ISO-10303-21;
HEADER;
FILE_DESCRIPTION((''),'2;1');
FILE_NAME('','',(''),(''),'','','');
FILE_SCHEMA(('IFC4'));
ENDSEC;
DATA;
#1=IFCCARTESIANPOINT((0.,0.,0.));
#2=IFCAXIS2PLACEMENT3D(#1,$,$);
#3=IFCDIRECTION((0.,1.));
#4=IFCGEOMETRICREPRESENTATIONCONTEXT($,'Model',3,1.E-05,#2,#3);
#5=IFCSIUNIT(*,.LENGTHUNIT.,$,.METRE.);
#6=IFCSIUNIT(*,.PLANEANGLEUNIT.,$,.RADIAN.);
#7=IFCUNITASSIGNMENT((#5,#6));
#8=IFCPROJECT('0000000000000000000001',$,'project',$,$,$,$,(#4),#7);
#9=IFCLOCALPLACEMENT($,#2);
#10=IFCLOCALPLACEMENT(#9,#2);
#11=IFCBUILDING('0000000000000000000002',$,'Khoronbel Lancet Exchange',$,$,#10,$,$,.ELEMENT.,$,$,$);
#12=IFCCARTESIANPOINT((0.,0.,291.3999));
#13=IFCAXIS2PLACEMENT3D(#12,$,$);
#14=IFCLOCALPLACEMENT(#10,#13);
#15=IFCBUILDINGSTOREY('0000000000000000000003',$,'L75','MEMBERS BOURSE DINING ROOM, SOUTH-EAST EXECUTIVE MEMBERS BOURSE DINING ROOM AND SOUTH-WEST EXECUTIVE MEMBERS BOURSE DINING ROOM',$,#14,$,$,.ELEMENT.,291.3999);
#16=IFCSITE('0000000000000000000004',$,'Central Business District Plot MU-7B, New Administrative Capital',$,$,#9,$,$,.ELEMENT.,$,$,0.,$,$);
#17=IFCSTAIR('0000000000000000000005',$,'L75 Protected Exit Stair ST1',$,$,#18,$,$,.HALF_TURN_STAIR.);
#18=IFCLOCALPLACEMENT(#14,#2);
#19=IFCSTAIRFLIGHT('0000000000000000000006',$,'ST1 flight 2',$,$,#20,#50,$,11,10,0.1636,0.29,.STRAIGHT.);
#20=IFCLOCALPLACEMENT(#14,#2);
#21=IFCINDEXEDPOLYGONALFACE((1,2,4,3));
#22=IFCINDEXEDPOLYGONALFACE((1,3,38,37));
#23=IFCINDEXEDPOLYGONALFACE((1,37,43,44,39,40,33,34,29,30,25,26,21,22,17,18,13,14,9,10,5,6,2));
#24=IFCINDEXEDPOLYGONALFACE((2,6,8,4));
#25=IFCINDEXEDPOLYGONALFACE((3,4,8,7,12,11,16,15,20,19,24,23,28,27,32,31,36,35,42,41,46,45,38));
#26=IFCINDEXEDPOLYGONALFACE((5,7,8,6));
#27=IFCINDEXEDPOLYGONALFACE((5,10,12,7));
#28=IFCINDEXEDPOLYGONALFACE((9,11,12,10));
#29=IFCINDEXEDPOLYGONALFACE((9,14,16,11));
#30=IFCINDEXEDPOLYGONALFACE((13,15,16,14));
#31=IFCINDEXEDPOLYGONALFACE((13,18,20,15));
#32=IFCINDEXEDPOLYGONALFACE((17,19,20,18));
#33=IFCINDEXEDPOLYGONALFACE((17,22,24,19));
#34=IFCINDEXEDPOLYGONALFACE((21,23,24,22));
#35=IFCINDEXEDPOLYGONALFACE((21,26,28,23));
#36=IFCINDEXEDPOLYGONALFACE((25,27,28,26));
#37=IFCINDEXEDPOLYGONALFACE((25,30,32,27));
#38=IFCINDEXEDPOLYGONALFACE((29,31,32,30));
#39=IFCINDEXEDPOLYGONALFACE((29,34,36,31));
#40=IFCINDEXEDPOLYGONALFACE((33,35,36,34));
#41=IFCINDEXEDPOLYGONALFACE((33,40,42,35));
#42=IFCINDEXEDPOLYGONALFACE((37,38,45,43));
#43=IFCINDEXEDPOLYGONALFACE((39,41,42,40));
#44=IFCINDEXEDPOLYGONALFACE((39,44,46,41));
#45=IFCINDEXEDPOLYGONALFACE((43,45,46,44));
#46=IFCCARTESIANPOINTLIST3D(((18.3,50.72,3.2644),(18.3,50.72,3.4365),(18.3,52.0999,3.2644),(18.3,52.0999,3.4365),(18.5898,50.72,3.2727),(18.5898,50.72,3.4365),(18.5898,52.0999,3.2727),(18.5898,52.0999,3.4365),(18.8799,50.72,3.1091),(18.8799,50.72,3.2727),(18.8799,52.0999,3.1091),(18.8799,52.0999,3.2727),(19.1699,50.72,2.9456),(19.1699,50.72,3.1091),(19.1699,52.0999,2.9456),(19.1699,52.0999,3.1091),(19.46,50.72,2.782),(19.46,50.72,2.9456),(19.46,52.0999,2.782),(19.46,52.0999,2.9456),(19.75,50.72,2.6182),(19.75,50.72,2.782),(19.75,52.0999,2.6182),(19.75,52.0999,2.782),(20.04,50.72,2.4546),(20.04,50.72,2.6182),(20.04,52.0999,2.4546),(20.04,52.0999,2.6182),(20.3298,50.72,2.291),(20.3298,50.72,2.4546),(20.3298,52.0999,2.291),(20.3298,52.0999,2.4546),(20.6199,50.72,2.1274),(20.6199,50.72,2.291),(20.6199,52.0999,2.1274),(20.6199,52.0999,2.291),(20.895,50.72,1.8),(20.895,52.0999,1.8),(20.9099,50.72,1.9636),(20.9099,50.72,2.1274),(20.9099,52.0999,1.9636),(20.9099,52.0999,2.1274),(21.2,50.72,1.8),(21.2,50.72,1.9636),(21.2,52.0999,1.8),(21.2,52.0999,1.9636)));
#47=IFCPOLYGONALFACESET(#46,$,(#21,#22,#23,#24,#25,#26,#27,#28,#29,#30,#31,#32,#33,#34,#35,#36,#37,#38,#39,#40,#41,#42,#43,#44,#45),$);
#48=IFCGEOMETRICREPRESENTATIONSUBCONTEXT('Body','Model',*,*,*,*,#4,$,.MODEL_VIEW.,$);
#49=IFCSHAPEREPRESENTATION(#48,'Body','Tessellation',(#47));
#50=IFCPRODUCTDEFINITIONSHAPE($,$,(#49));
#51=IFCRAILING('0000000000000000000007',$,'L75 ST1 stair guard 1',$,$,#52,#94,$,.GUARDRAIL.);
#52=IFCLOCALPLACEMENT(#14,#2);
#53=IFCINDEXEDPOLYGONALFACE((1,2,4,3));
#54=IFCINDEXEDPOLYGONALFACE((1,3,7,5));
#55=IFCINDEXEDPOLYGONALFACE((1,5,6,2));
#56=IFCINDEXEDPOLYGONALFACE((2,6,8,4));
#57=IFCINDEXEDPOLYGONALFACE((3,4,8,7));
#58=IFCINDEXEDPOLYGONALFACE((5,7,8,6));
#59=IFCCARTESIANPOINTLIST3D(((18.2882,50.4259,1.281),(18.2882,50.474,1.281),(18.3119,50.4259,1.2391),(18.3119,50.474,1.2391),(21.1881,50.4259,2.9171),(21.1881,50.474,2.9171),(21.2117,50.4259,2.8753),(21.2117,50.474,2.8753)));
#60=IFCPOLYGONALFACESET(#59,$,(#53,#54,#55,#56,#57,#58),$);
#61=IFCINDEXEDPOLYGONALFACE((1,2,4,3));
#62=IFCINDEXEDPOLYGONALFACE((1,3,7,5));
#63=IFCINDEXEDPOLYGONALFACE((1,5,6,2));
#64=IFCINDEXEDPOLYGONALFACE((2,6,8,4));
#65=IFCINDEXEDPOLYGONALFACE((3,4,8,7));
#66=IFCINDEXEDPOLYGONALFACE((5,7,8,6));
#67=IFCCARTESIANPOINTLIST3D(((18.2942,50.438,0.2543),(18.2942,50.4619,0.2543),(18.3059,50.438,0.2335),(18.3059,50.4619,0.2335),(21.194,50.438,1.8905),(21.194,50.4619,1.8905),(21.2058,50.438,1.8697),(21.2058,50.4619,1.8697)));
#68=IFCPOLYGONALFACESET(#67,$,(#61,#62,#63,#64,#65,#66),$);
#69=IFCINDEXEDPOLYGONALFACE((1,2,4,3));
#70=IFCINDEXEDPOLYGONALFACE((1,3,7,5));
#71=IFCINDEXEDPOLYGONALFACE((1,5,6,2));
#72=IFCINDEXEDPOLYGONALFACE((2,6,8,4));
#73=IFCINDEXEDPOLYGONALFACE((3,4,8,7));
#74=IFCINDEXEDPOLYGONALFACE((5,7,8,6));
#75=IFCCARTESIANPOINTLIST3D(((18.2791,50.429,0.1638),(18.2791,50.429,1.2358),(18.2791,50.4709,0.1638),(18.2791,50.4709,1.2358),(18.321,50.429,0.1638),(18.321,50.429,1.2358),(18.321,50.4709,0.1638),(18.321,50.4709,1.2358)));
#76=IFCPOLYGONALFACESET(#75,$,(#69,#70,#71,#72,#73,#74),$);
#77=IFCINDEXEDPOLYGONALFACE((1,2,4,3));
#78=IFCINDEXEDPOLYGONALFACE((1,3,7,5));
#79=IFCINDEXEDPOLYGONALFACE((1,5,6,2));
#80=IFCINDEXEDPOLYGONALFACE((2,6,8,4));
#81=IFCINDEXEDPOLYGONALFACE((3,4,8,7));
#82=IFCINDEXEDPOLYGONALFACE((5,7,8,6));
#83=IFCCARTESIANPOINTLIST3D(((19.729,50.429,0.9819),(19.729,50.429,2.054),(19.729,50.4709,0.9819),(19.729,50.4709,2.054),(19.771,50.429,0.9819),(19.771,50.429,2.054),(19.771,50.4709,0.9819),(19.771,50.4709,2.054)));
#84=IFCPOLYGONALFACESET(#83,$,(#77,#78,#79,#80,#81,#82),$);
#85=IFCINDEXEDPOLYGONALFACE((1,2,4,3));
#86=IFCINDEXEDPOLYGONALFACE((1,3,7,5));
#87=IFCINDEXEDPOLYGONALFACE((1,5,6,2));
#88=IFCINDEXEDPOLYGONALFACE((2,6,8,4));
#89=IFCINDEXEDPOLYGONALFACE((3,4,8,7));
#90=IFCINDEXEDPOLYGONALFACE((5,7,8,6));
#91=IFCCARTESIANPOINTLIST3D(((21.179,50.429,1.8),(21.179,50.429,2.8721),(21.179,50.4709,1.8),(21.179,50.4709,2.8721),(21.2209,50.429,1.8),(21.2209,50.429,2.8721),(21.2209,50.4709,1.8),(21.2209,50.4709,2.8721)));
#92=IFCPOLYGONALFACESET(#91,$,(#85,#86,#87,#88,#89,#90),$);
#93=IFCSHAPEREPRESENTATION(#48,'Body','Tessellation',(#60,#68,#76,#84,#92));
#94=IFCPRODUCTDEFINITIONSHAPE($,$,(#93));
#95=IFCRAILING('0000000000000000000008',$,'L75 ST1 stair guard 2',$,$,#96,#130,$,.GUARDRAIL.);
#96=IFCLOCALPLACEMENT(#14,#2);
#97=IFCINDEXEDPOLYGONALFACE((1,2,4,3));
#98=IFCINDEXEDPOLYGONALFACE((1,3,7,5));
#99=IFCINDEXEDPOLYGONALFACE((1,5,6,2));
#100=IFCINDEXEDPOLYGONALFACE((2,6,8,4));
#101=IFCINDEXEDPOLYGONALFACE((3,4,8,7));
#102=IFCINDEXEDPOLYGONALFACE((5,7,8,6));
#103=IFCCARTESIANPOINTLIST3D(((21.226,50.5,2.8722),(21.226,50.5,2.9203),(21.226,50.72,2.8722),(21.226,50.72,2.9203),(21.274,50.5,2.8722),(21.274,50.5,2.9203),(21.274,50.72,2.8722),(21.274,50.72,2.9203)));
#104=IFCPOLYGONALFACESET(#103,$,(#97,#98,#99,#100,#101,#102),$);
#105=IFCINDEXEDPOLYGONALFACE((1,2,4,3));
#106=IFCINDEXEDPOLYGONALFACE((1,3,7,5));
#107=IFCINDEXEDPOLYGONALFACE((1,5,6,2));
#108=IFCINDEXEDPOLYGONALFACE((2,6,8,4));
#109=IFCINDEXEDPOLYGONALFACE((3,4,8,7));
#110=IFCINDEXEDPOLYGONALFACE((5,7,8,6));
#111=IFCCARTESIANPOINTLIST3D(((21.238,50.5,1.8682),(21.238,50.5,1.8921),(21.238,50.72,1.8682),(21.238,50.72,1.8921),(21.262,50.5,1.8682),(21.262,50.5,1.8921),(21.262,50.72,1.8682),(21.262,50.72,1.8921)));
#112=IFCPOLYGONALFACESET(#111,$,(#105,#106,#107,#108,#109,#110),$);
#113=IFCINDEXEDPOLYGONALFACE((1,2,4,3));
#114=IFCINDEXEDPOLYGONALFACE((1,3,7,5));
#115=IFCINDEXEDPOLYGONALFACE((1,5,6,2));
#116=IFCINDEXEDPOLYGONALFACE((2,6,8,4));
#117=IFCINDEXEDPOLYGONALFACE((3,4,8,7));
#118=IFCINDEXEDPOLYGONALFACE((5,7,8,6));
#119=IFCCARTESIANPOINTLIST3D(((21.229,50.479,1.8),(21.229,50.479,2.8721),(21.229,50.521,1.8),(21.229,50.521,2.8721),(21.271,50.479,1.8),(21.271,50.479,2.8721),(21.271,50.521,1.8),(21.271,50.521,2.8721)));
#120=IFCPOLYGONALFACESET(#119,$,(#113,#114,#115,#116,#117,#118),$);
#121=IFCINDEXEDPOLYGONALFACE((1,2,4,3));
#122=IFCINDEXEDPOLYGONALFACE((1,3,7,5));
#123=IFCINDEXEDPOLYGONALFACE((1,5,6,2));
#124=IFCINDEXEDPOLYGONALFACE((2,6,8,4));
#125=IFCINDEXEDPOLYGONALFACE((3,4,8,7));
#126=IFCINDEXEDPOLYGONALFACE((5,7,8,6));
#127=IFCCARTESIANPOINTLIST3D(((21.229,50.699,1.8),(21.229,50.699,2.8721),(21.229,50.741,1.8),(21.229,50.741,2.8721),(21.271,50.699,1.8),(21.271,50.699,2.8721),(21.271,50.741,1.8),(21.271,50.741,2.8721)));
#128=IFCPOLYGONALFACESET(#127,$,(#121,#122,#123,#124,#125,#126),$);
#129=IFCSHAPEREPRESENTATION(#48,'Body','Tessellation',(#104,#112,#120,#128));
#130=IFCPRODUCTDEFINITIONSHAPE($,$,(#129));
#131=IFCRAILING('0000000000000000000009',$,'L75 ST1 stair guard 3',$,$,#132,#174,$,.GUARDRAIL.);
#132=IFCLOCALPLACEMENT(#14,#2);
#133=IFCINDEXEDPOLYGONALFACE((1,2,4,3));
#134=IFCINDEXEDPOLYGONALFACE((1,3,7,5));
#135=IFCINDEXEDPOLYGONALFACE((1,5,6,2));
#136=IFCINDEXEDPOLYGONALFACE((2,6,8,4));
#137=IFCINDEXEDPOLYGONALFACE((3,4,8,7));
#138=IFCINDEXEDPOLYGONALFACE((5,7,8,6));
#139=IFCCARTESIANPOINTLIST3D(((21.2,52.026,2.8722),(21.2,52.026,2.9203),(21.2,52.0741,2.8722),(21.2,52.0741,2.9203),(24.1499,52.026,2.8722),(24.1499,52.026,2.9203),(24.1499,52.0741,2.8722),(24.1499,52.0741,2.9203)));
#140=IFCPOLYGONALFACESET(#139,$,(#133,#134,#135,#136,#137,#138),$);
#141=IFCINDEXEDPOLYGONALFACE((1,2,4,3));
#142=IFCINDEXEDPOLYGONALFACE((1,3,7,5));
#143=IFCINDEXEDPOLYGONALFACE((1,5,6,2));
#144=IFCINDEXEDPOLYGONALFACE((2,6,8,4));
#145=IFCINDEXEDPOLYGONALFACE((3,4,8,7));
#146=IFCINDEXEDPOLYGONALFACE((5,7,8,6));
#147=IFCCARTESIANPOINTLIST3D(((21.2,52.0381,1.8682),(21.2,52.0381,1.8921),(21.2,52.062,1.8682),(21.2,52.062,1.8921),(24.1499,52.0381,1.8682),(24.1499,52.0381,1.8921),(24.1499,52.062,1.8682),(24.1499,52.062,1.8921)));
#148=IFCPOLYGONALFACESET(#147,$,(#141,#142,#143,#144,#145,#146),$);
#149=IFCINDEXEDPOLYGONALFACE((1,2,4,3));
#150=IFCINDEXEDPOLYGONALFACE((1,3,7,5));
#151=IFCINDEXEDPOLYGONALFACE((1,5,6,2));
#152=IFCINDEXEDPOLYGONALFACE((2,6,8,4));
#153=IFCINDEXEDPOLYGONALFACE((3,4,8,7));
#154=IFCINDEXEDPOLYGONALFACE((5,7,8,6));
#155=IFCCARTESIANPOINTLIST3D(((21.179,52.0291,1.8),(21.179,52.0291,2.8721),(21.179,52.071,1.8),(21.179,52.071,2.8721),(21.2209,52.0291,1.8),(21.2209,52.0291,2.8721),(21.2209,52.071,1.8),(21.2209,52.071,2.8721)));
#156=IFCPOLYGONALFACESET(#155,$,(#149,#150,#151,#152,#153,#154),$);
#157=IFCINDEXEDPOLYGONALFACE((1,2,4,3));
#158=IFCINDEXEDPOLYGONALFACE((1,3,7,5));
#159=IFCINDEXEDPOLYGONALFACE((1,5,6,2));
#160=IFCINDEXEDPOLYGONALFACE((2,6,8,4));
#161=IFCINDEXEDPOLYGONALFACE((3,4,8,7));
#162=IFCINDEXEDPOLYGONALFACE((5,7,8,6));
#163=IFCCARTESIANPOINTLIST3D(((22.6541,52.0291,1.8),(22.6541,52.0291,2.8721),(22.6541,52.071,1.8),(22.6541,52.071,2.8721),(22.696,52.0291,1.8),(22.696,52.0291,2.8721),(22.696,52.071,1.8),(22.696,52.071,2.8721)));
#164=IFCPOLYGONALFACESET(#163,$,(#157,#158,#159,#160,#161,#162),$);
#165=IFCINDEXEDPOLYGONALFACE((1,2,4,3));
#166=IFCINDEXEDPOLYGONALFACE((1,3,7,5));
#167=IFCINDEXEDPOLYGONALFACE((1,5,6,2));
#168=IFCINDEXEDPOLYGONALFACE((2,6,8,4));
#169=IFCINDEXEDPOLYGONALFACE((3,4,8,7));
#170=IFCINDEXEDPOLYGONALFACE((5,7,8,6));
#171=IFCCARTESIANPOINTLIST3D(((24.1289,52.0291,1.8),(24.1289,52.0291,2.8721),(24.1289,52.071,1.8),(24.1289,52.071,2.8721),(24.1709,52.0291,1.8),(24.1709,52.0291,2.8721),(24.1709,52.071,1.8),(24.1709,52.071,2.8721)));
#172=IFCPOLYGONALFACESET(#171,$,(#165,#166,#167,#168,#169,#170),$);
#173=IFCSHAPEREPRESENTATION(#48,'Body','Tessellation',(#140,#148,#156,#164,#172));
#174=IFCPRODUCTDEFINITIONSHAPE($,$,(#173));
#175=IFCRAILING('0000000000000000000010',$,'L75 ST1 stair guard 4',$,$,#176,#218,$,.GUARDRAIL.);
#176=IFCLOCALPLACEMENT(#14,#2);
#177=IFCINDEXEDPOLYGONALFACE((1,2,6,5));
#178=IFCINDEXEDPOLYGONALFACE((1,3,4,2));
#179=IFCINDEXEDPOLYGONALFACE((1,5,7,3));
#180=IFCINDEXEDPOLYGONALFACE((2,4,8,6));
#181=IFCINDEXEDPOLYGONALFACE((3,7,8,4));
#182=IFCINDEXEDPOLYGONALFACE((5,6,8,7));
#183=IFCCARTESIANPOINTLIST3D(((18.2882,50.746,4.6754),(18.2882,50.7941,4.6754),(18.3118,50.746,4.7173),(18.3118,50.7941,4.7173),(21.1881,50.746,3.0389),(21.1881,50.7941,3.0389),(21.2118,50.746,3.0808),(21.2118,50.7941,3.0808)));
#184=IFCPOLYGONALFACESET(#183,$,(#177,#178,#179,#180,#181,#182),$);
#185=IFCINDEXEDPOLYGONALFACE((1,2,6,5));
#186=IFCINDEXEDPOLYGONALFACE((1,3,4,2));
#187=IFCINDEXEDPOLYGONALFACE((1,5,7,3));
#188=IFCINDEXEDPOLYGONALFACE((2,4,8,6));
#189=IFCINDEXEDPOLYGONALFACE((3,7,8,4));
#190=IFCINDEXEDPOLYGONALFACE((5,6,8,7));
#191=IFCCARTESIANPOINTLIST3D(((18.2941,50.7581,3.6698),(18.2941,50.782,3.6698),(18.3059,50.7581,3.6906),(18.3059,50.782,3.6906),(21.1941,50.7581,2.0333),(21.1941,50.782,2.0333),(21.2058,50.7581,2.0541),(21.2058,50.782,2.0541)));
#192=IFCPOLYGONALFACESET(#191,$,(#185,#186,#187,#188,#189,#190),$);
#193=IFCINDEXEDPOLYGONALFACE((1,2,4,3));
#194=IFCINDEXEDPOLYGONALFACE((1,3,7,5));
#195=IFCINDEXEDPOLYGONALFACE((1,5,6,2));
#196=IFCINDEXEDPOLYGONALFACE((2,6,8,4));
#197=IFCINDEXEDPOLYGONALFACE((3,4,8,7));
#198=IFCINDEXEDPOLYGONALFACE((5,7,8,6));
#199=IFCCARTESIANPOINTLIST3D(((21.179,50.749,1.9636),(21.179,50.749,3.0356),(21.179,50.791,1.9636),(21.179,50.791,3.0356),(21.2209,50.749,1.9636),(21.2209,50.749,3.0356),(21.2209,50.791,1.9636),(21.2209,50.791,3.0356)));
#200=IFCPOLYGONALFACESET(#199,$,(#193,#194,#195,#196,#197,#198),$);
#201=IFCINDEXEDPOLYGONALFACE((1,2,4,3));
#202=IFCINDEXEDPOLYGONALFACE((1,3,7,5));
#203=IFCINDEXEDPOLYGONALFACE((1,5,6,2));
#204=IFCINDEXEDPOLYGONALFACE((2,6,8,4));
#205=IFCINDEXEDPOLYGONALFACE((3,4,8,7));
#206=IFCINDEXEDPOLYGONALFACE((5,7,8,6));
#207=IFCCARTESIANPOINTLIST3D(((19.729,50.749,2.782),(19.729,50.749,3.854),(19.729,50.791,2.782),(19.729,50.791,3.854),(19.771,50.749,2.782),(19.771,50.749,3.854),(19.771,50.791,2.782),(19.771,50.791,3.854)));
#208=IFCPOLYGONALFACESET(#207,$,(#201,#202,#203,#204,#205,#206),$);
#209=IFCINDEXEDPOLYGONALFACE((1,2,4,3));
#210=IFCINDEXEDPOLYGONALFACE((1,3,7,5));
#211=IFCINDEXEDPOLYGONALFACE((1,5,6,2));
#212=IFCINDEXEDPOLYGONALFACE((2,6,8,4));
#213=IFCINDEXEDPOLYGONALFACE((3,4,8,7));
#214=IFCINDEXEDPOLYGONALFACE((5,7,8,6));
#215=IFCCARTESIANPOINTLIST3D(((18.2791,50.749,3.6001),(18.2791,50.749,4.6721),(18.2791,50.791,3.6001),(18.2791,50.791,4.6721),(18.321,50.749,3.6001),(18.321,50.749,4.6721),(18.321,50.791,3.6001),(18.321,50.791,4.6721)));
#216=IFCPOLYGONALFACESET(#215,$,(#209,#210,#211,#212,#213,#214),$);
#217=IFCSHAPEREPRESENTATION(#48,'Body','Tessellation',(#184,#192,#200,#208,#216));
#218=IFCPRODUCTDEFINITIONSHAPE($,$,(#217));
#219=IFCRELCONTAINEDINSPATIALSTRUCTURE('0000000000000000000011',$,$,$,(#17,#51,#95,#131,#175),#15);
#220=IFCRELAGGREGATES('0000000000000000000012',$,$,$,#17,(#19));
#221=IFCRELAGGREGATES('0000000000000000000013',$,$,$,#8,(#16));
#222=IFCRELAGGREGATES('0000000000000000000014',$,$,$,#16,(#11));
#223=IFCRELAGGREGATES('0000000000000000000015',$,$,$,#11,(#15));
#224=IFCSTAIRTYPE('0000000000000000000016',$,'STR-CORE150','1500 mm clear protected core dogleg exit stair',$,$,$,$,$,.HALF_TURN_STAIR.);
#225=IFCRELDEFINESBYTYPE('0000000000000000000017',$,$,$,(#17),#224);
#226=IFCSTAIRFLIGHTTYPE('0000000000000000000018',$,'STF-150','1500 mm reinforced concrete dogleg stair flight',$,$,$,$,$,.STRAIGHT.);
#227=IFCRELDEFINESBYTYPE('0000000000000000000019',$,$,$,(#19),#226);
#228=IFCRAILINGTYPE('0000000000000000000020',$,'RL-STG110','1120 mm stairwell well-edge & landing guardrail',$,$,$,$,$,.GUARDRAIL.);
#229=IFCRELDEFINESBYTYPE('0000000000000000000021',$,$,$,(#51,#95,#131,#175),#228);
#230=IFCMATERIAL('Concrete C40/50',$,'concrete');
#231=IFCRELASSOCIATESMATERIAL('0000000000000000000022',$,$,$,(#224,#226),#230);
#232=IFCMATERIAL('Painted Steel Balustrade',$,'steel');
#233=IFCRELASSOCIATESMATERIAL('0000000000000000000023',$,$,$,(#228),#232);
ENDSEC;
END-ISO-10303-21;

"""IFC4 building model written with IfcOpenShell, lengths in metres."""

from ifc_helpers import new_model, si_unit, direction, frame, origin, origin_2d, place, context, subcontext, project, spatial, polyline, rectangle, outline, extrude, material, type_object, element, aggregate, save


model = new_model("IFC4")

# Units and contexts
model_context = context("Model", 3, precision=1e-05, world=origin(), true_north=direction((0.0, 1.0)))
body_context = subcontext(model_context, "Body", "Model", "MODEL_VIEW")
ifc_project = project(units=[si_unit("LENGTHUNIT", "METRE"), si_unit("PLANEANGLEUNIT", "RADIAN")], contexts=[model_context])

# Site, building, storey
site_placement = place(None, origin())
site = spatial("IfcSite", under=ifc_project, at=site_placement, Name="Central Business District Plot MU-7B, New Administrative Capital", CompositionType="ELEMENT", RefElevation=0.0)
building_placement = place(site_placement, origin())
building = spatial("IfcBuilding", under=site, at=building_placement, Name="Khoronbel Lancet Exchange", CompositionType="ELEMENT")
storey_placement = place(building_placement, frame((0.0, 0.0, 291.3999)))
storey = spatial("IfcBuildingStorey", under=building, at=storey_placement, Name="L75", Description="MEMBERS BOURSE DINING ROOM, SOUTH-EAST EXECUTIVE MEMBERS BOURSE DINING ROOM AND SOUTH-WEST EXECUTIVE MEMBERS BOURSE DINING ROOM", CompositionType="ELEMENT", Elevation=291.3999)

# Stair, stair flight
ifc_material_1 = material(Name="Concrete C40/50", Category="concrete")
stair_type = type_object("IfcStairType", Name="STR-CORE150", Description="1500 mm clear protected core dogleg exit stair", PredefinedType="HALF_TURN_STAIR", material=ifc_material_1)
stair_placement = place(storey_placement, origin())
stair = element("IfcStair", 1, at=stair_placement, inside=storey, type_object=stair_type, Name="L75 Protected Exit Stair ST1", PredefinedType="HALF_TURN_STAIR")
stair_flight_type = type_object("IfcStairFlightType", Name="STF-150", Description="1500 mm reinforced concrete dogleg stair flight", PredefinedType="STRAIGHT", material=ifc_material_1)
stair_flight_1_placement = place(storey_placement, frame((21.2, 51.4099, 1.8), z_axis=(0.0, 0.0, 1.0), x_axis=(-1.0, 0.0, 0.0)))
stair_flight_1 = element("IfcStairFlight", 2, at=stair_flight_1_placement, type_object=stair_flight_type, Name="ST1 flight 2", NumberOfRisers=11, NumberOfTreads=10, PredefinedType="STRAIGHT", RiserHeight=0.1636, TreadLength=0.29, context=body_context, shape_type="SweptSolid", body=[
    extrude(outline(polyline([(0.0, 0.0), (0.0, 0.1636), (0.29, 0.1636), (0.29, 0.3274), (0.5801, 0.3274), (0.5801, 0.491), (0.8701, 0.491), (0.8701, 0.6545), (1.1599, 0.6545), (1.1599, 0.8181), (1.45, 0.8181), (1.45, 0.9819), (1.74, 0.9819), (1.74, 1.1455), (2.03, 1.1455), (2.03, 1.3091), (2.3201, 1.3091), (2.3201, 1.4727), (2.6101, 1.4727), (2.6101, 1.6365), (2.8999, 1.6365), (2.8999, 1.8), (2.8999, 1.4644), (0.3049, 0.0), (0.0, 0.0)])), frame((0.0, 0.6899, 0.0), z_axis=(0.0, -1.0, 0.0), x_axis=(1.0, 0.0, 0.0)), (0.0, 0.0, 1.0), 1.3799),
])
aggregate(stair, [stair_flight_1])

# Railings
ifc_material_2 = material(Name="Painted Steel Balustrade", Category="steel")
railing_type_1 = type_object("IfcRailingType", Name="RL-STG110", Description="1120 mm stairwell well-edge & landing guardrail", PredefinedType="GUARDRAIL", material=ifc_material_2)
railing_1_placement = place(storey_placement, frame((18.3, 50.45, 0.1638)))
element("IfcRailing", 3, at=railing_1_placement, inside=storey, type_object=railing_type_1, Name="L75 ST1 stair guard 1", PredefinedType="GUARDRAIL", context=body_context, shape_type="SweptSolid", body=[
    extrude(rectangle(XDim=0.0481, YDim=0.0481, at=origin_2d()), frame((0.0, 0.0, 1.0962), z_axis=(0.870929, 0.0, 0.49141), x_axis=(0.0, 1.0, 0.0)), (0.0, 0.0, 1.0), 3.3296),
    extrude(rectangle(XDim=0.0239, YDim=0.0239, at=origin_2d()), frame((0.0, 0.0, 0.0801), z_axis=(0.870929, 0.0, 0.49141), x_axis=(0.0, 1.0, 0.0)), (0.0, 0.0, 1.0), 3.3296),
    extrude(rectangle(XDim=0.042, YDim=0.042, at=origin_2d()), origin(), (0.0, 0.0, 1.0), 1.072),
    extrude(rectangle(XDim=0.042, YDim=0.042, at=origin_2d()), frame((1.45, 0.0, 0.8181)), (0.0, 0.0, 1.0), 1.072),
    extrude(rectangle(XDim=0.042, YDim=0.042, at=origin_2d()), frame((2.8999, 0.0, 1.6362)), (0.0, 0.0, 1.0), 1.072),
])
railing_2_placement = place(storey_placement, frame((21.25, 50.5, 1.8)))
element("IfcRailing", 4, at=railing_2_placement, inside=storey, type_object=railing_type_1, Name="L75 ST1 stair guard 2", PredefinedType="GUARDRAIL", context=body_context, shape_type="SweptSolid", body=[
    extrude(rectangle(XDim=0.0481, YDim=0.0481, at=origin_2d()), frame((0.0, 0.0, 1.0962), z_axis=(0.0, 1.0, 0.0), x_axis=(-1.0, 0.0, 0.0)), (0.0, 0.0, 1.0), 0.22),
    extrude(rectangle(XDim=0.0239, YDim=0.0239, at=origin_2d()), frame((0.0, 0.0, 0.0801), z_axis=(0.0, 1.0, 0.0), x_axis=(-1.0, 0.0, 0.0)), (0.0, 0.0, 1.0), 0.22),
    extrude(rectangle(XDim=0.042, YDim=0.042, at=origin_2d()), origin(), (0.0, 0.0, 1.0), 1.072),
    extrude(rectangle(XDim=0.042, YDim=0.042, at=origin_2d()), frame((0.0, 0.22, 0.0)), (0.0, 0.0, 1.0), 1.072),
])
railing_3_placement = place(storey_placement, frame((21.2, 52.05, 1.8)))
element("IfcRailing", 5, at=railing_3_placement, inside=storey, type_object=railing_type_1, Name="L75 ST1 stair guard 3", PredefinedType="GUARDRAIL", context=body_context, shape_type="SweptSolid", body=[
    extrude(rectangle(XDim=0.0481, YDim=0.0481, at=origin_2d()), frame((0.0, 0.0, 1.0962), z_axis=(1.0, 0.0, 0.0), x_axis=(0.0, 1.0, 0.0)), (0.0, 0.0, 1.0), 2.95),
    extrude(rectangle(XDim=0.0239, YDim=0.0239, at=origin_2d()), frame((0.0, 0.0, 0.0801), z_axis=(1.0, 0.0, 0.0), x_axis=(0.0, 1.0, 0.0)), (0.0, 0.0, 1.0), 2.95),
    extrude(rectangle(XDim=0.042, YDim=0.042, at=origin_2d()), origin(), (0.0, 0.0, 1.0), 1.072),
    extrude(rectangle(XDim=0.042, YDim=0.042, at=origin_2d()), frame((1.4751, 0.0, 0.0)), (0.0, 0.0, 1.0), 1.072),
    extrude(rectangle(XDim=0.042, YDim=0.042, at=origin_2d()), frame((2.95, 0.0, 0.0)), (0.0, 0.0, 1.0), 1.072),
])
railing_4_placement = place(storey_placement, frame((21.2, 50.77, 1.9636)))
element("IfcRailing", 6, at=railing_4_placement, inside=storey, type_object=railing_type_1, Name="L75 ST1 stair guard 4", PredefinedType="GUARDRAIL", context=body_context, shape_type="SweptSolid", body=[
    extrude(rectangle(XDim=0.0481, YDim=0.0481, at=origin_2d()), frame((0.0, 0.0, 1.0962), z_axis=(-0.870897, 0.0, 0.491465), x_axis=(0.0, -1.0, 0.0)), (0.0, 0.0, 1.0), 3.3298),
    extrude(rectangle(XDim=0.0239, YDim=0.0239, at=origin_2d()), frame((0.0, 0.0, 0.0801), z_axis=(-0.870897, 0.0, 0.491465), x_axis=(0.0, -1.0, 0.0)), (0.0, 0.0, 1.0), 3.3298),
    extrude(rectangle(XDim=0.042, YDim=0.042, at=origin_2d()), origin(), (0.0, 0.0, 1.0), 1.072),
    extrude(rectangle(XDim=0.042, YDim=0.042, at=origin_2d()), frame((-1.45, 0.0, 0.8184)), (0.0, 0.0, 1.0), 1.072),
    extrude(rectangle(XDim=0.042, YDim=0.042, at=origin_2d()), frame((-2.8999, 0.0, 1.6365)), (0.0, 0.0, 1.0), 1.072),
])

save(model, "model.ifc")
